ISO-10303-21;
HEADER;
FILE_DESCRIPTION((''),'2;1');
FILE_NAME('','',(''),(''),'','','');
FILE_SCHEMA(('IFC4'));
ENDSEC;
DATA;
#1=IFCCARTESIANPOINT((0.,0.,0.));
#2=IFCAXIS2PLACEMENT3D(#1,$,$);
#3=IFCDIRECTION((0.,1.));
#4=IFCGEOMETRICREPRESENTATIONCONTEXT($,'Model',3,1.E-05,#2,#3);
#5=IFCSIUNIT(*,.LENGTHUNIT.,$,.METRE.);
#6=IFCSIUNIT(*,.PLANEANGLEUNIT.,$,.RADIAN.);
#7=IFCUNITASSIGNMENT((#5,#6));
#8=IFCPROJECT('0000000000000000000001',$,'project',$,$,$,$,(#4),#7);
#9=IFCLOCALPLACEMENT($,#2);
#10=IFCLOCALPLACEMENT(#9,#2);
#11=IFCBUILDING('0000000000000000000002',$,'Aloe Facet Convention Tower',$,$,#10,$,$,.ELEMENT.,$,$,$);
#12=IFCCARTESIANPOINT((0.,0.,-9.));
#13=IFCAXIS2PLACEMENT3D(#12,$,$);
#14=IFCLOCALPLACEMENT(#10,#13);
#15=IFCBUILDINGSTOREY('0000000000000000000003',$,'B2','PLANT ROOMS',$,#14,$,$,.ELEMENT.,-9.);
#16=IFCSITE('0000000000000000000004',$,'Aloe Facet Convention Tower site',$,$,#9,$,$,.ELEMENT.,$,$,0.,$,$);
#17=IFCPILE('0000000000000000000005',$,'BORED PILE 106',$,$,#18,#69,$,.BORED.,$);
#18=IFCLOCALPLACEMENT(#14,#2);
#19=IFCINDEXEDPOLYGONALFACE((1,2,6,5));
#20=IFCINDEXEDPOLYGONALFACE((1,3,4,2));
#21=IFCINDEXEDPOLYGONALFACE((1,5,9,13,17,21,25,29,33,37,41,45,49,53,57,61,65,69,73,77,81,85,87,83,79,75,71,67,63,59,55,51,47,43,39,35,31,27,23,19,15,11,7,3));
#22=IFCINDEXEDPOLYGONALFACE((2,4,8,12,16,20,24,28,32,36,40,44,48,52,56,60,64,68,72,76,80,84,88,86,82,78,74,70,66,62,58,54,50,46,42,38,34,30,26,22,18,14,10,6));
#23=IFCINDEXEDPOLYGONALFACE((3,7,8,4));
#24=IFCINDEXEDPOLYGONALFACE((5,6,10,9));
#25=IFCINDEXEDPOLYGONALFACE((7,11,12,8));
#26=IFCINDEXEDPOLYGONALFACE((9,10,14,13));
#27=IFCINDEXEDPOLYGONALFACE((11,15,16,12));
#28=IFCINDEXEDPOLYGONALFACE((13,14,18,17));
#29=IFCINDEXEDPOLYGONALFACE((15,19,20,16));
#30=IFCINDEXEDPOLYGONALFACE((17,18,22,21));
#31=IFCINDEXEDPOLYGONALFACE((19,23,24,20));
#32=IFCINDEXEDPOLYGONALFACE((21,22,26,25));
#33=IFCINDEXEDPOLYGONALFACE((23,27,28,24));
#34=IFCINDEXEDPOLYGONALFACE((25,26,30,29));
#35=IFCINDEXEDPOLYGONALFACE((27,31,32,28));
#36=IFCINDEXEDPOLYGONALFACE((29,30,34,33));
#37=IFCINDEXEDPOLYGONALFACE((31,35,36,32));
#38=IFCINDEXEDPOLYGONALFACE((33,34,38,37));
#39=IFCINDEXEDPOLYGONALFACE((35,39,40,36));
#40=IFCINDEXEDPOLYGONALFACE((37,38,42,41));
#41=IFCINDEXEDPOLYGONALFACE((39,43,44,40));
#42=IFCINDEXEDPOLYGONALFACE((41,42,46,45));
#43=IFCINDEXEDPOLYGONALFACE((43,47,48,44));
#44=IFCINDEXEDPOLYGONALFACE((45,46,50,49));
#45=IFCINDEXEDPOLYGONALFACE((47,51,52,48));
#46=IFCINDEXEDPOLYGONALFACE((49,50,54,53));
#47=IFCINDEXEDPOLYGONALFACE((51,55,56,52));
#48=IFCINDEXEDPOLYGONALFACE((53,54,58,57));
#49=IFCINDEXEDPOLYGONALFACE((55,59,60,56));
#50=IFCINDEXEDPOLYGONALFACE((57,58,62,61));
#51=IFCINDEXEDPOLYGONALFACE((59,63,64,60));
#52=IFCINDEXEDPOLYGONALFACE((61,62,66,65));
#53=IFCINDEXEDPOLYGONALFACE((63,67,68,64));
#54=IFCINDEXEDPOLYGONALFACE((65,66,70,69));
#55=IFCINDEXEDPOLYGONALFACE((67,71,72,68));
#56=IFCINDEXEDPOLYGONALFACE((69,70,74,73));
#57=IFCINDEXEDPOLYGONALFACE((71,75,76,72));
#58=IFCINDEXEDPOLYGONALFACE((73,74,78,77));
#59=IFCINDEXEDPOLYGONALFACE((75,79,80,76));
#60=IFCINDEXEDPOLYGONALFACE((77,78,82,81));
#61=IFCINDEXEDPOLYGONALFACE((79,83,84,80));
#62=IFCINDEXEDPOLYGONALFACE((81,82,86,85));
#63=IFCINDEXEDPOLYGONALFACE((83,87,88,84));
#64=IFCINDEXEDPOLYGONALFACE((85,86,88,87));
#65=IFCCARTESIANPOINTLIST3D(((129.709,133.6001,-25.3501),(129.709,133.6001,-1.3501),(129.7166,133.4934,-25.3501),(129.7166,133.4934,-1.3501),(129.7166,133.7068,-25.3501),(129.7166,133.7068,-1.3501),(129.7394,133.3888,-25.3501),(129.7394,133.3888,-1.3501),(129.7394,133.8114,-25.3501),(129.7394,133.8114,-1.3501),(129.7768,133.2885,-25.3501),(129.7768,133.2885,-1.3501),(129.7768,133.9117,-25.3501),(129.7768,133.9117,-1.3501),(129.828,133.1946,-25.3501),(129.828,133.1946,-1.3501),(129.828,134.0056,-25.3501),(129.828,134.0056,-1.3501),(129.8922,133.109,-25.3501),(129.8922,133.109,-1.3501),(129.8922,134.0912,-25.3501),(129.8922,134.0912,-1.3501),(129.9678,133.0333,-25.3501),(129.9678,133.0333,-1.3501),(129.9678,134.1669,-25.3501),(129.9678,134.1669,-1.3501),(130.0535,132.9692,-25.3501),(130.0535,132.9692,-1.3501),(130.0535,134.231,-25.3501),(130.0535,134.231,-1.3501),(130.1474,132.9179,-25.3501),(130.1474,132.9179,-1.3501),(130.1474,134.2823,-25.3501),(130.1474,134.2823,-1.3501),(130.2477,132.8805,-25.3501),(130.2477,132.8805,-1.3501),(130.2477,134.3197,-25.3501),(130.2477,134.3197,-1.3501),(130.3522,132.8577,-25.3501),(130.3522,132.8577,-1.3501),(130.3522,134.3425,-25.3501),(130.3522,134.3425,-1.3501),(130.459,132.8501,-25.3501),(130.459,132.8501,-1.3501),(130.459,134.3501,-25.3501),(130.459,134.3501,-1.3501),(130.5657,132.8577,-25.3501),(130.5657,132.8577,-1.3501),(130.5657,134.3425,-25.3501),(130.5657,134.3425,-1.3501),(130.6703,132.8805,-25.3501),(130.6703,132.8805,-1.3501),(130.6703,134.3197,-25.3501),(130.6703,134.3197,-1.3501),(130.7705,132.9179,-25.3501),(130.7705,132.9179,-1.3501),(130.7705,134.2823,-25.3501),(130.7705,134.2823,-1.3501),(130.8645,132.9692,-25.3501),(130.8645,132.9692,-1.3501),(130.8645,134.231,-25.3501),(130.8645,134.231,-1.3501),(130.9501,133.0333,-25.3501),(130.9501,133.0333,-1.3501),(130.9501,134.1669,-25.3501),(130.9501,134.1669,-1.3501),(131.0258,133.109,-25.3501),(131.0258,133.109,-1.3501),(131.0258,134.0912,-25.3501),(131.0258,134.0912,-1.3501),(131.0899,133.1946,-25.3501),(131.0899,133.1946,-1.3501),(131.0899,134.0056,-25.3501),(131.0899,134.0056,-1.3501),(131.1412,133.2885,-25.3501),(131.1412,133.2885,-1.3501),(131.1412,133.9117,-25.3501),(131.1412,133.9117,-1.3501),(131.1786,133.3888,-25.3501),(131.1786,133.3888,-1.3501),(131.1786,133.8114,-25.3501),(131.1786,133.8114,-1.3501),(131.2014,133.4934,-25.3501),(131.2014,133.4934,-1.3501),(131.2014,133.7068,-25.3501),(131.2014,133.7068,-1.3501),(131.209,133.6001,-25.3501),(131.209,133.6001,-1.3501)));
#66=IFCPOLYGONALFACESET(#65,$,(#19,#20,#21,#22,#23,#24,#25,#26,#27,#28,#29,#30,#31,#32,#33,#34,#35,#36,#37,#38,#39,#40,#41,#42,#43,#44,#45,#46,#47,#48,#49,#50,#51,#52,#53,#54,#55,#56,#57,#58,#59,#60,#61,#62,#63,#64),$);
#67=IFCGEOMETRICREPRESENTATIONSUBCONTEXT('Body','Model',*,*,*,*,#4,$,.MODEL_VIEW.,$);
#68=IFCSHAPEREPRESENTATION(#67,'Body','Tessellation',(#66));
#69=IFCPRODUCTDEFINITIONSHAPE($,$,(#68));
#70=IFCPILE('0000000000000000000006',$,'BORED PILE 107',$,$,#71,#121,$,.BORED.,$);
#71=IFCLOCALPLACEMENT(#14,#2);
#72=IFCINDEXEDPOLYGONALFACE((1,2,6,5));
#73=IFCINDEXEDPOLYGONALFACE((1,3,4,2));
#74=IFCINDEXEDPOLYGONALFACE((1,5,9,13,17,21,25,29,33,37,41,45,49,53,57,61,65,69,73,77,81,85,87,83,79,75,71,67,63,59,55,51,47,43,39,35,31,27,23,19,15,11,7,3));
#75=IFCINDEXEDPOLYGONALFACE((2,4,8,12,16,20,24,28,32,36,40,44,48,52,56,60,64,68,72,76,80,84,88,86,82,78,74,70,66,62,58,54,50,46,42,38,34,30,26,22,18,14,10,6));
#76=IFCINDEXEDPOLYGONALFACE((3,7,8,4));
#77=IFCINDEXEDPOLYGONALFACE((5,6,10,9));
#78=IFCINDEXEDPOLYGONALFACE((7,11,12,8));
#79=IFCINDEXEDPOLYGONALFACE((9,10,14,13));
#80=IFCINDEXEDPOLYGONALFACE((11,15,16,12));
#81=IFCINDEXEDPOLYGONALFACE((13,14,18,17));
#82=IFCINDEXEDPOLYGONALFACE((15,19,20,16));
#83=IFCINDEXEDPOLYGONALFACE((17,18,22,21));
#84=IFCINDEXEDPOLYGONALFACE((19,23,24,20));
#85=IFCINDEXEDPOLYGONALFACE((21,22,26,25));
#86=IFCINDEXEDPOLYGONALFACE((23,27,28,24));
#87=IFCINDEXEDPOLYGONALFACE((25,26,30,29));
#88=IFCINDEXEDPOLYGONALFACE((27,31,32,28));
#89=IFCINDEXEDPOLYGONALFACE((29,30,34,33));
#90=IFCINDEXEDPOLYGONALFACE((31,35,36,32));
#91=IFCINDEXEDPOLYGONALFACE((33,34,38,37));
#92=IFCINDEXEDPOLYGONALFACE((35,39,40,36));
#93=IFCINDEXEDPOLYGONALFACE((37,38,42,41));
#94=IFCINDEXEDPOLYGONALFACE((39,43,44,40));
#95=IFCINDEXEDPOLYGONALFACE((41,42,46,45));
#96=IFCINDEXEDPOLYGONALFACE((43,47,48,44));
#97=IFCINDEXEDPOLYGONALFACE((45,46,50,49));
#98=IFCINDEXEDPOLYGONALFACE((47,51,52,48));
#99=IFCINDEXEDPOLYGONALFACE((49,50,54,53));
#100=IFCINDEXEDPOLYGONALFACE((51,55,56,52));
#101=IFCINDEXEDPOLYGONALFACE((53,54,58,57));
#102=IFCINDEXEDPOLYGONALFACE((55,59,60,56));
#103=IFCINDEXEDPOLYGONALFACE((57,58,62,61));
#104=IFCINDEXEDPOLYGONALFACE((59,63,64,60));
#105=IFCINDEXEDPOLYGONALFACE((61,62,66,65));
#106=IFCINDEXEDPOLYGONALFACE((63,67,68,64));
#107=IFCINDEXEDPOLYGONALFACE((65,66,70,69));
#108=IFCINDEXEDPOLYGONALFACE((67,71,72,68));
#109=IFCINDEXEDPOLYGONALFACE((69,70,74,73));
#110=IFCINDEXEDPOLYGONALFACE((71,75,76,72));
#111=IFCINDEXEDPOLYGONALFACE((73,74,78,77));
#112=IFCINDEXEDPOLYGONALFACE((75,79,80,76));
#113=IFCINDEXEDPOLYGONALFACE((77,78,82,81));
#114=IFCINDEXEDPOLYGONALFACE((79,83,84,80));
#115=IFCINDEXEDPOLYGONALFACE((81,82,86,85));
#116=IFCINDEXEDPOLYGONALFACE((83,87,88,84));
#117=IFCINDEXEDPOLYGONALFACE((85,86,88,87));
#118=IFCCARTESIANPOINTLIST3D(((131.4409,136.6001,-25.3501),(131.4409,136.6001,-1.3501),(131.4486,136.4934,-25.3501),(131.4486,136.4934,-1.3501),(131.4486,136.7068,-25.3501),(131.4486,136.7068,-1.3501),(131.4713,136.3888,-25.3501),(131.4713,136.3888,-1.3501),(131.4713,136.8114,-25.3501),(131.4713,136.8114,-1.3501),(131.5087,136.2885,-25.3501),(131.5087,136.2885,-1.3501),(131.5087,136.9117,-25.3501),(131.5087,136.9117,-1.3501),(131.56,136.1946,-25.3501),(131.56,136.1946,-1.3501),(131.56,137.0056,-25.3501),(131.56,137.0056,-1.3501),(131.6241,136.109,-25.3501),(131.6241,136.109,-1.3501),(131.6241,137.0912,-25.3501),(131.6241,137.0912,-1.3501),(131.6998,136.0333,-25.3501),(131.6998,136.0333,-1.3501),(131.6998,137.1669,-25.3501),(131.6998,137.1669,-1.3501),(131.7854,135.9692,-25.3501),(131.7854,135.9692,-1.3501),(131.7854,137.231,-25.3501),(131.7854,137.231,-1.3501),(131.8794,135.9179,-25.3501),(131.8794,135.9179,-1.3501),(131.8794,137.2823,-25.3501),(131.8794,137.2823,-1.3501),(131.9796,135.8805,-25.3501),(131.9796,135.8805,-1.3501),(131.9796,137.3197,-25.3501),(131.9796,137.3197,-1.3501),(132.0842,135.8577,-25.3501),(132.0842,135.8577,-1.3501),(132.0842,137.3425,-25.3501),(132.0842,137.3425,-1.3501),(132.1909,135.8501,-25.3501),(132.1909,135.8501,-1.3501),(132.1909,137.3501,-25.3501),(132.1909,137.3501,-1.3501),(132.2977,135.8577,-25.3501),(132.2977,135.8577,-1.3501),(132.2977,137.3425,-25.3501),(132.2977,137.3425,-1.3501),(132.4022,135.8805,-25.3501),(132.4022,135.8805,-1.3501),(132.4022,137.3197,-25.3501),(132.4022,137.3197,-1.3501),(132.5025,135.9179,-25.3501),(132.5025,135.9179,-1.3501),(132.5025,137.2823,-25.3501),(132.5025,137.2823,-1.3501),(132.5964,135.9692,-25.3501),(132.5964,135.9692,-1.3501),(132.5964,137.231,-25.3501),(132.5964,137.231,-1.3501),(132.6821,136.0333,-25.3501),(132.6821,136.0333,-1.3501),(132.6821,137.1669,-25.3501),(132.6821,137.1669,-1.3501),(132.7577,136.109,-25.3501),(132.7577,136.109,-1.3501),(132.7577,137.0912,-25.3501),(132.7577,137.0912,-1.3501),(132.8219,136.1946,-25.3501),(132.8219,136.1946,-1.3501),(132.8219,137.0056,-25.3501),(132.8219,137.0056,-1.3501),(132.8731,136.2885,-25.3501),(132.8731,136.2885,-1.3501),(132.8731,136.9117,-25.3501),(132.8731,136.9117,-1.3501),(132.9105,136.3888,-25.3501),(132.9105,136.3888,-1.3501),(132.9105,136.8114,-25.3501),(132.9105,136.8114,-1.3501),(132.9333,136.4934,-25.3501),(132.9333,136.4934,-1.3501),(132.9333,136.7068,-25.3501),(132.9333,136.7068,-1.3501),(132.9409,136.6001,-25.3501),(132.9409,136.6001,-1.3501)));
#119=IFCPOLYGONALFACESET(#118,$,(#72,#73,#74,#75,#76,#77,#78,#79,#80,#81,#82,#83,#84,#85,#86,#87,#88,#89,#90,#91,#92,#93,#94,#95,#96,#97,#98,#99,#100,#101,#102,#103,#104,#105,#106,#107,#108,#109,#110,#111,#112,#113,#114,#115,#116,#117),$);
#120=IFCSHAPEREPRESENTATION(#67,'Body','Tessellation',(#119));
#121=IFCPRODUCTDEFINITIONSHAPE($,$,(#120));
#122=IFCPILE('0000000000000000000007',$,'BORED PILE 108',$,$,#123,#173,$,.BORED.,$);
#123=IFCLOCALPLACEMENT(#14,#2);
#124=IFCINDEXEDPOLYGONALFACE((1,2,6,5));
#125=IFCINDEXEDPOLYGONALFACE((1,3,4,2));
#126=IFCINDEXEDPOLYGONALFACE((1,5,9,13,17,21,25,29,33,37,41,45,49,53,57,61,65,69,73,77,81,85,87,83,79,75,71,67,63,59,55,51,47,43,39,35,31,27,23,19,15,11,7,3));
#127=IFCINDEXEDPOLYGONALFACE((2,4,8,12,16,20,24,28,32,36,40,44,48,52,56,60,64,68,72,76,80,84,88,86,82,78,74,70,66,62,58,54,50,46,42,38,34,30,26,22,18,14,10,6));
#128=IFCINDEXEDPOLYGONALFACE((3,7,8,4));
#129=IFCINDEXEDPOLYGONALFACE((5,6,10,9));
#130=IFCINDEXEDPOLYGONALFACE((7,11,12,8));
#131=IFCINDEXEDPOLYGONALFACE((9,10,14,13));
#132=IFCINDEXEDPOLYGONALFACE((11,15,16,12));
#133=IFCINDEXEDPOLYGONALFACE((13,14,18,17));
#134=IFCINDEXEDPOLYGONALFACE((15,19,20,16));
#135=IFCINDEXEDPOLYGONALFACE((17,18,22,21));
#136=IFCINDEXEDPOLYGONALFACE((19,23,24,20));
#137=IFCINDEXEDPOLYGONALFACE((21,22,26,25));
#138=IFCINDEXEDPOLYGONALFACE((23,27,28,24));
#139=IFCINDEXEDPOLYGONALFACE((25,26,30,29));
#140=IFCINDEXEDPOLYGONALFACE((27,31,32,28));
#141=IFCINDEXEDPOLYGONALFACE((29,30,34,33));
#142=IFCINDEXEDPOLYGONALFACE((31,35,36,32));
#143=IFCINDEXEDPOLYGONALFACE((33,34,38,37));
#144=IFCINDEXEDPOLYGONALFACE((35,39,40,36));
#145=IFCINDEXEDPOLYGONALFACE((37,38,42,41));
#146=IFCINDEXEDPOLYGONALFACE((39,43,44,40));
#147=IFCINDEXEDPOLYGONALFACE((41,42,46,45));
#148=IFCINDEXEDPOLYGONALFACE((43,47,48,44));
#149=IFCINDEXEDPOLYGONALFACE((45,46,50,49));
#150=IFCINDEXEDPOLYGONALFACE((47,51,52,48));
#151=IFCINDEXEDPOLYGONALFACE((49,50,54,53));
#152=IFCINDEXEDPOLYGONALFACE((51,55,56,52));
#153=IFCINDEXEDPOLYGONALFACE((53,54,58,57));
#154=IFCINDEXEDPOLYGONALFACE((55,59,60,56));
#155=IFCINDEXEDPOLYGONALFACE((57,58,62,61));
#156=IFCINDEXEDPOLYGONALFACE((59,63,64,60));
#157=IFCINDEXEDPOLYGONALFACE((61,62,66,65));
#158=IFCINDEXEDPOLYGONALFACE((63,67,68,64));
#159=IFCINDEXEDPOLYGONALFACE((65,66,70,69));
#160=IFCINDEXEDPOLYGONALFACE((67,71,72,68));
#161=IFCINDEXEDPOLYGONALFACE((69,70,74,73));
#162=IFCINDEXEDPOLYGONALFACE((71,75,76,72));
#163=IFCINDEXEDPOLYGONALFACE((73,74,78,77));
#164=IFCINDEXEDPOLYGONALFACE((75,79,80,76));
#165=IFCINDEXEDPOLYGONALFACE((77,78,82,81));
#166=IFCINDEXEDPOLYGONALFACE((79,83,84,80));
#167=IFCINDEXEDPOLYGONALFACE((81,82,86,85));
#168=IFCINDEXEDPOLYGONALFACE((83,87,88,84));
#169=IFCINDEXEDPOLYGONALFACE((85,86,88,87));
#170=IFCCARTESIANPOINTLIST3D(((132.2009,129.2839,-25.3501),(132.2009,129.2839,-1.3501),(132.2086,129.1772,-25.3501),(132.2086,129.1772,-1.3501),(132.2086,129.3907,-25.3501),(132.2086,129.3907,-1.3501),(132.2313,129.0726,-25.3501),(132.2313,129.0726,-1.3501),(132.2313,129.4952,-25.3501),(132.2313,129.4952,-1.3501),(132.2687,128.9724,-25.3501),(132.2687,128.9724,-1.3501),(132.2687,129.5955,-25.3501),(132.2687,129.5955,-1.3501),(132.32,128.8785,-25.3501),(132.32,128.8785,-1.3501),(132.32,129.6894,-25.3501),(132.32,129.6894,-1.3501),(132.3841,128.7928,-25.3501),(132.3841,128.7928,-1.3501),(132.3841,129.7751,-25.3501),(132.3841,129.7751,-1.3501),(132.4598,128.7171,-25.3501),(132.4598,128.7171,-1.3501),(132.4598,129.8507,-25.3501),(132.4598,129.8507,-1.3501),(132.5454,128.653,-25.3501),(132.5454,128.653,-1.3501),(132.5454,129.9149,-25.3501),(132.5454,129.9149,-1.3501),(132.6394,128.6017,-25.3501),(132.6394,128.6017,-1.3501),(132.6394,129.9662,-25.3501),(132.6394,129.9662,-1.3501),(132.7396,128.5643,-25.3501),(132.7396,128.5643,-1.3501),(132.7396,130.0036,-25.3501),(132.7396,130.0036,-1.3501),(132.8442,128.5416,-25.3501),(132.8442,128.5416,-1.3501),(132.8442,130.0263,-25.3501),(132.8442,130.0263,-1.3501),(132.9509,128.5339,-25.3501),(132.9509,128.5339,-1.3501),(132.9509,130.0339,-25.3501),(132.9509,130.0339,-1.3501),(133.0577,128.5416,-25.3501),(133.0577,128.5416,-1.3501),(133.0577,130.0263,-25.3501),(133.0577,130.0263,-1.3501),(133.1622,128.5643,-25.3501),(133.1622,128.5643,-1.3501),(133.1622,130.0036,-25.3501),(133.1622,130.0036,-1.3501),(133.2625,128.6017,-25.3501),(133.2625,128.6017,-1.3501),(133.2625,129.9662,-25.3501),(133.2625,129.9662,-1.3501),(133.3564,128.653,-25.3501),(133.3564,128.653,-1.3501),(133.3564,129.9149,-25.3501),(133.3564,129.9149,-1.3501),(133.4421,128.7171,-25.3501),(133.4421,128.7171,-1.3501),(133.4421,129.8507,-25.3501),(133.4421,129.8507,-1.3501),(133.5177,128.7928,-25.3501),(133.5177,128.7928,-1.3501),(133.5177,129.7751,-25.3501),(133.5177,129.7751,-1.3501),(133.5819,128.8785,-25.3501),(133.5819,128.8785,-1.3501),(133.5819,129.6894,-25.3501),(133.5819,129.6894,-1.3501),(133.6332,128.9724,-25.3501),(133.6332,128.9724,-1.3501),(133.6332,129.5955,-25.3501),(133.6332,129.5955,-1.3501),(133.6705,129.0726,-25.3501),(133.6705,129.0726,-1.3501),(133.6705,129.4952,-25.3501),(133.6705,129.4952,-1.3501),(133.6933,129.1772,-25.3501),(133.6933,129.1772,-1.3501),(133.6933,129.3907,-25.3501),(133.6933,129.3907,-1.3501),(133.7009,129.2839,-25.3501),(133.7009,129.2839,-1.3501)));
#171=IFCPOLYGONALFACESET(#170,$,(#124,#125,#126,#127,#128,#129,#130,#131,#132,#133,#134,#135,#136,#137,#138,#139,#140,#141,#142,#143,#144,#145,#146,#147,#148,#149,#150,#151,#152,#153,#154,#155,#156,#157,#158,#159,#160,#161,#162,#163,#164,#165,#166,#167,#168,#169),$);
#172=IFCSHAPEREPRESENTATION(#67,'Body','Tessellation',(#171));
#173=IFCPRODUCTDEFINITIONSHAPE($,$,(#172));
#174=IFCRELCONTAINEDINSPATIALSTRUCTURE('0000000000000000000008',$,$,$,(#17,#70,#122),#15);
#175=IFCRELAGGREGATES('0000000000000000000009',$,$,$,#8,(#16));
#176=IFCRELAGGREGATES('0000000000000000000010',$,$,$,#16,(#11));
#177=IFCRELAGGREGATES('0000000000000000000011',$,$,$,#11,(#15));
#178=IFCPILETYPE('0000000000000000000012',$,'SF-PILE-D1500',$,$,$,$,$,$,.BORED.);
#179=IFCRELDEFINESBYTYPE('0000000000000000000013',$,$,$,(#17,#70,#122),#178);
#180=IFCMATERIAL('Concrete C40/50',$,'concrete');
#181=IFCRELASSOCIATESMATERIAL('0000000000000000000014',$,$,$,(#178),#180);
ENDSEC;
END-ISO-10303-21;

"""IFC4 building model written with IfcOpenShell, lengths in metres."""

from ifc_helpers import new_model, si_unit, direction, frame, origin, origin_2d, place, context, subcontext, project, spatial, circle, extrude, material, material_profile, profile_set, type_object, element, save


model = new_model("IFC4")

# Units and contexts
model_context = context("Model", 3, precision=1e-05, world=origin(), true_north=direction((0.0, 1.0)))
body_context = subcontext(model_context, "Body", "Model", "MODEL_VIEW")
ifc_project = project(units=[si_unit("LENGTHUNIT", "METRE"), si_unit("PLANEANGLEUNIT", "RADIAN")], contexts=[model_context])

# Site, building, storey
site_placement = place(None, origin())
site = spatial("IfcSite", under=ifc_project, at=site_placement, Name="Aloe Facet Convention Tower site", CompositionType="ELEMENT", RefElevation=0.0)
building_placement = place(site_placement, origin())
building = spatial("IfcBuilding", under=site, at=building_placement, Name="Aloe Facet Convention Tower", CompositionType="ELEMENT")
storey_placement = place(building_placement, frame((0.0, 0.0, -9.0)))
storey = spatial("IfcBuildingStorey", under=building, at=storey_placement, Name="B2", Description="PLANT ROOMS", CompositionType="ELEMENT", Elevation=-9.0)

# Piles
ifc_material_1 = material(Name="Concrete C40/50", Category="concrete")
ifc_material_profile_1 = material_profile(ifc_material_1, circle(Radius=0.75, at=origin_2d()), Name="D1500")
ifc_profile_set_1 = profile_set([ifc_material_profile_1], Name="Concrete C40/50")
pile_type = type_object("IfcPileType", Name="SF-PILE-D1500", PredefinedType="BORED", material=ifc_profile_set_1)
for number, where, z_axis, x_axis, name in (
    (1, (130.459, 133.6001, -1.3501), (0.0, 0.0, -1.0), (1.0, 0.0, 0.0), "BORED PILE 106"),
    (2, (132.1909, 136.6001, -1.3501), (0.0, 0.0, -1.0), (1.0, 0.0, 0.0), "BORED PILE 107"),
    (3, (132.9509, 129.2839, -1.3501), (0.0, 0.0, -1.0), (1.0, 0.0, 0.0), "BORED PILE 108"),
):
    element("IfcPile", number, at=place(storey_placement, frame(where, z_axis=z_axis, x_axis=x_axis)), inside=storey, type_object=pile_type, Name=name, PredefinedType="BORED", context=body_context, shape_type="SweptSolid", body=[
        extrude(circle(Radius=0.75, at=origin_2d()), origin(), (0.0, 0.0, 1.0), 24.0),
    ])

save(model, "model.ifc")
